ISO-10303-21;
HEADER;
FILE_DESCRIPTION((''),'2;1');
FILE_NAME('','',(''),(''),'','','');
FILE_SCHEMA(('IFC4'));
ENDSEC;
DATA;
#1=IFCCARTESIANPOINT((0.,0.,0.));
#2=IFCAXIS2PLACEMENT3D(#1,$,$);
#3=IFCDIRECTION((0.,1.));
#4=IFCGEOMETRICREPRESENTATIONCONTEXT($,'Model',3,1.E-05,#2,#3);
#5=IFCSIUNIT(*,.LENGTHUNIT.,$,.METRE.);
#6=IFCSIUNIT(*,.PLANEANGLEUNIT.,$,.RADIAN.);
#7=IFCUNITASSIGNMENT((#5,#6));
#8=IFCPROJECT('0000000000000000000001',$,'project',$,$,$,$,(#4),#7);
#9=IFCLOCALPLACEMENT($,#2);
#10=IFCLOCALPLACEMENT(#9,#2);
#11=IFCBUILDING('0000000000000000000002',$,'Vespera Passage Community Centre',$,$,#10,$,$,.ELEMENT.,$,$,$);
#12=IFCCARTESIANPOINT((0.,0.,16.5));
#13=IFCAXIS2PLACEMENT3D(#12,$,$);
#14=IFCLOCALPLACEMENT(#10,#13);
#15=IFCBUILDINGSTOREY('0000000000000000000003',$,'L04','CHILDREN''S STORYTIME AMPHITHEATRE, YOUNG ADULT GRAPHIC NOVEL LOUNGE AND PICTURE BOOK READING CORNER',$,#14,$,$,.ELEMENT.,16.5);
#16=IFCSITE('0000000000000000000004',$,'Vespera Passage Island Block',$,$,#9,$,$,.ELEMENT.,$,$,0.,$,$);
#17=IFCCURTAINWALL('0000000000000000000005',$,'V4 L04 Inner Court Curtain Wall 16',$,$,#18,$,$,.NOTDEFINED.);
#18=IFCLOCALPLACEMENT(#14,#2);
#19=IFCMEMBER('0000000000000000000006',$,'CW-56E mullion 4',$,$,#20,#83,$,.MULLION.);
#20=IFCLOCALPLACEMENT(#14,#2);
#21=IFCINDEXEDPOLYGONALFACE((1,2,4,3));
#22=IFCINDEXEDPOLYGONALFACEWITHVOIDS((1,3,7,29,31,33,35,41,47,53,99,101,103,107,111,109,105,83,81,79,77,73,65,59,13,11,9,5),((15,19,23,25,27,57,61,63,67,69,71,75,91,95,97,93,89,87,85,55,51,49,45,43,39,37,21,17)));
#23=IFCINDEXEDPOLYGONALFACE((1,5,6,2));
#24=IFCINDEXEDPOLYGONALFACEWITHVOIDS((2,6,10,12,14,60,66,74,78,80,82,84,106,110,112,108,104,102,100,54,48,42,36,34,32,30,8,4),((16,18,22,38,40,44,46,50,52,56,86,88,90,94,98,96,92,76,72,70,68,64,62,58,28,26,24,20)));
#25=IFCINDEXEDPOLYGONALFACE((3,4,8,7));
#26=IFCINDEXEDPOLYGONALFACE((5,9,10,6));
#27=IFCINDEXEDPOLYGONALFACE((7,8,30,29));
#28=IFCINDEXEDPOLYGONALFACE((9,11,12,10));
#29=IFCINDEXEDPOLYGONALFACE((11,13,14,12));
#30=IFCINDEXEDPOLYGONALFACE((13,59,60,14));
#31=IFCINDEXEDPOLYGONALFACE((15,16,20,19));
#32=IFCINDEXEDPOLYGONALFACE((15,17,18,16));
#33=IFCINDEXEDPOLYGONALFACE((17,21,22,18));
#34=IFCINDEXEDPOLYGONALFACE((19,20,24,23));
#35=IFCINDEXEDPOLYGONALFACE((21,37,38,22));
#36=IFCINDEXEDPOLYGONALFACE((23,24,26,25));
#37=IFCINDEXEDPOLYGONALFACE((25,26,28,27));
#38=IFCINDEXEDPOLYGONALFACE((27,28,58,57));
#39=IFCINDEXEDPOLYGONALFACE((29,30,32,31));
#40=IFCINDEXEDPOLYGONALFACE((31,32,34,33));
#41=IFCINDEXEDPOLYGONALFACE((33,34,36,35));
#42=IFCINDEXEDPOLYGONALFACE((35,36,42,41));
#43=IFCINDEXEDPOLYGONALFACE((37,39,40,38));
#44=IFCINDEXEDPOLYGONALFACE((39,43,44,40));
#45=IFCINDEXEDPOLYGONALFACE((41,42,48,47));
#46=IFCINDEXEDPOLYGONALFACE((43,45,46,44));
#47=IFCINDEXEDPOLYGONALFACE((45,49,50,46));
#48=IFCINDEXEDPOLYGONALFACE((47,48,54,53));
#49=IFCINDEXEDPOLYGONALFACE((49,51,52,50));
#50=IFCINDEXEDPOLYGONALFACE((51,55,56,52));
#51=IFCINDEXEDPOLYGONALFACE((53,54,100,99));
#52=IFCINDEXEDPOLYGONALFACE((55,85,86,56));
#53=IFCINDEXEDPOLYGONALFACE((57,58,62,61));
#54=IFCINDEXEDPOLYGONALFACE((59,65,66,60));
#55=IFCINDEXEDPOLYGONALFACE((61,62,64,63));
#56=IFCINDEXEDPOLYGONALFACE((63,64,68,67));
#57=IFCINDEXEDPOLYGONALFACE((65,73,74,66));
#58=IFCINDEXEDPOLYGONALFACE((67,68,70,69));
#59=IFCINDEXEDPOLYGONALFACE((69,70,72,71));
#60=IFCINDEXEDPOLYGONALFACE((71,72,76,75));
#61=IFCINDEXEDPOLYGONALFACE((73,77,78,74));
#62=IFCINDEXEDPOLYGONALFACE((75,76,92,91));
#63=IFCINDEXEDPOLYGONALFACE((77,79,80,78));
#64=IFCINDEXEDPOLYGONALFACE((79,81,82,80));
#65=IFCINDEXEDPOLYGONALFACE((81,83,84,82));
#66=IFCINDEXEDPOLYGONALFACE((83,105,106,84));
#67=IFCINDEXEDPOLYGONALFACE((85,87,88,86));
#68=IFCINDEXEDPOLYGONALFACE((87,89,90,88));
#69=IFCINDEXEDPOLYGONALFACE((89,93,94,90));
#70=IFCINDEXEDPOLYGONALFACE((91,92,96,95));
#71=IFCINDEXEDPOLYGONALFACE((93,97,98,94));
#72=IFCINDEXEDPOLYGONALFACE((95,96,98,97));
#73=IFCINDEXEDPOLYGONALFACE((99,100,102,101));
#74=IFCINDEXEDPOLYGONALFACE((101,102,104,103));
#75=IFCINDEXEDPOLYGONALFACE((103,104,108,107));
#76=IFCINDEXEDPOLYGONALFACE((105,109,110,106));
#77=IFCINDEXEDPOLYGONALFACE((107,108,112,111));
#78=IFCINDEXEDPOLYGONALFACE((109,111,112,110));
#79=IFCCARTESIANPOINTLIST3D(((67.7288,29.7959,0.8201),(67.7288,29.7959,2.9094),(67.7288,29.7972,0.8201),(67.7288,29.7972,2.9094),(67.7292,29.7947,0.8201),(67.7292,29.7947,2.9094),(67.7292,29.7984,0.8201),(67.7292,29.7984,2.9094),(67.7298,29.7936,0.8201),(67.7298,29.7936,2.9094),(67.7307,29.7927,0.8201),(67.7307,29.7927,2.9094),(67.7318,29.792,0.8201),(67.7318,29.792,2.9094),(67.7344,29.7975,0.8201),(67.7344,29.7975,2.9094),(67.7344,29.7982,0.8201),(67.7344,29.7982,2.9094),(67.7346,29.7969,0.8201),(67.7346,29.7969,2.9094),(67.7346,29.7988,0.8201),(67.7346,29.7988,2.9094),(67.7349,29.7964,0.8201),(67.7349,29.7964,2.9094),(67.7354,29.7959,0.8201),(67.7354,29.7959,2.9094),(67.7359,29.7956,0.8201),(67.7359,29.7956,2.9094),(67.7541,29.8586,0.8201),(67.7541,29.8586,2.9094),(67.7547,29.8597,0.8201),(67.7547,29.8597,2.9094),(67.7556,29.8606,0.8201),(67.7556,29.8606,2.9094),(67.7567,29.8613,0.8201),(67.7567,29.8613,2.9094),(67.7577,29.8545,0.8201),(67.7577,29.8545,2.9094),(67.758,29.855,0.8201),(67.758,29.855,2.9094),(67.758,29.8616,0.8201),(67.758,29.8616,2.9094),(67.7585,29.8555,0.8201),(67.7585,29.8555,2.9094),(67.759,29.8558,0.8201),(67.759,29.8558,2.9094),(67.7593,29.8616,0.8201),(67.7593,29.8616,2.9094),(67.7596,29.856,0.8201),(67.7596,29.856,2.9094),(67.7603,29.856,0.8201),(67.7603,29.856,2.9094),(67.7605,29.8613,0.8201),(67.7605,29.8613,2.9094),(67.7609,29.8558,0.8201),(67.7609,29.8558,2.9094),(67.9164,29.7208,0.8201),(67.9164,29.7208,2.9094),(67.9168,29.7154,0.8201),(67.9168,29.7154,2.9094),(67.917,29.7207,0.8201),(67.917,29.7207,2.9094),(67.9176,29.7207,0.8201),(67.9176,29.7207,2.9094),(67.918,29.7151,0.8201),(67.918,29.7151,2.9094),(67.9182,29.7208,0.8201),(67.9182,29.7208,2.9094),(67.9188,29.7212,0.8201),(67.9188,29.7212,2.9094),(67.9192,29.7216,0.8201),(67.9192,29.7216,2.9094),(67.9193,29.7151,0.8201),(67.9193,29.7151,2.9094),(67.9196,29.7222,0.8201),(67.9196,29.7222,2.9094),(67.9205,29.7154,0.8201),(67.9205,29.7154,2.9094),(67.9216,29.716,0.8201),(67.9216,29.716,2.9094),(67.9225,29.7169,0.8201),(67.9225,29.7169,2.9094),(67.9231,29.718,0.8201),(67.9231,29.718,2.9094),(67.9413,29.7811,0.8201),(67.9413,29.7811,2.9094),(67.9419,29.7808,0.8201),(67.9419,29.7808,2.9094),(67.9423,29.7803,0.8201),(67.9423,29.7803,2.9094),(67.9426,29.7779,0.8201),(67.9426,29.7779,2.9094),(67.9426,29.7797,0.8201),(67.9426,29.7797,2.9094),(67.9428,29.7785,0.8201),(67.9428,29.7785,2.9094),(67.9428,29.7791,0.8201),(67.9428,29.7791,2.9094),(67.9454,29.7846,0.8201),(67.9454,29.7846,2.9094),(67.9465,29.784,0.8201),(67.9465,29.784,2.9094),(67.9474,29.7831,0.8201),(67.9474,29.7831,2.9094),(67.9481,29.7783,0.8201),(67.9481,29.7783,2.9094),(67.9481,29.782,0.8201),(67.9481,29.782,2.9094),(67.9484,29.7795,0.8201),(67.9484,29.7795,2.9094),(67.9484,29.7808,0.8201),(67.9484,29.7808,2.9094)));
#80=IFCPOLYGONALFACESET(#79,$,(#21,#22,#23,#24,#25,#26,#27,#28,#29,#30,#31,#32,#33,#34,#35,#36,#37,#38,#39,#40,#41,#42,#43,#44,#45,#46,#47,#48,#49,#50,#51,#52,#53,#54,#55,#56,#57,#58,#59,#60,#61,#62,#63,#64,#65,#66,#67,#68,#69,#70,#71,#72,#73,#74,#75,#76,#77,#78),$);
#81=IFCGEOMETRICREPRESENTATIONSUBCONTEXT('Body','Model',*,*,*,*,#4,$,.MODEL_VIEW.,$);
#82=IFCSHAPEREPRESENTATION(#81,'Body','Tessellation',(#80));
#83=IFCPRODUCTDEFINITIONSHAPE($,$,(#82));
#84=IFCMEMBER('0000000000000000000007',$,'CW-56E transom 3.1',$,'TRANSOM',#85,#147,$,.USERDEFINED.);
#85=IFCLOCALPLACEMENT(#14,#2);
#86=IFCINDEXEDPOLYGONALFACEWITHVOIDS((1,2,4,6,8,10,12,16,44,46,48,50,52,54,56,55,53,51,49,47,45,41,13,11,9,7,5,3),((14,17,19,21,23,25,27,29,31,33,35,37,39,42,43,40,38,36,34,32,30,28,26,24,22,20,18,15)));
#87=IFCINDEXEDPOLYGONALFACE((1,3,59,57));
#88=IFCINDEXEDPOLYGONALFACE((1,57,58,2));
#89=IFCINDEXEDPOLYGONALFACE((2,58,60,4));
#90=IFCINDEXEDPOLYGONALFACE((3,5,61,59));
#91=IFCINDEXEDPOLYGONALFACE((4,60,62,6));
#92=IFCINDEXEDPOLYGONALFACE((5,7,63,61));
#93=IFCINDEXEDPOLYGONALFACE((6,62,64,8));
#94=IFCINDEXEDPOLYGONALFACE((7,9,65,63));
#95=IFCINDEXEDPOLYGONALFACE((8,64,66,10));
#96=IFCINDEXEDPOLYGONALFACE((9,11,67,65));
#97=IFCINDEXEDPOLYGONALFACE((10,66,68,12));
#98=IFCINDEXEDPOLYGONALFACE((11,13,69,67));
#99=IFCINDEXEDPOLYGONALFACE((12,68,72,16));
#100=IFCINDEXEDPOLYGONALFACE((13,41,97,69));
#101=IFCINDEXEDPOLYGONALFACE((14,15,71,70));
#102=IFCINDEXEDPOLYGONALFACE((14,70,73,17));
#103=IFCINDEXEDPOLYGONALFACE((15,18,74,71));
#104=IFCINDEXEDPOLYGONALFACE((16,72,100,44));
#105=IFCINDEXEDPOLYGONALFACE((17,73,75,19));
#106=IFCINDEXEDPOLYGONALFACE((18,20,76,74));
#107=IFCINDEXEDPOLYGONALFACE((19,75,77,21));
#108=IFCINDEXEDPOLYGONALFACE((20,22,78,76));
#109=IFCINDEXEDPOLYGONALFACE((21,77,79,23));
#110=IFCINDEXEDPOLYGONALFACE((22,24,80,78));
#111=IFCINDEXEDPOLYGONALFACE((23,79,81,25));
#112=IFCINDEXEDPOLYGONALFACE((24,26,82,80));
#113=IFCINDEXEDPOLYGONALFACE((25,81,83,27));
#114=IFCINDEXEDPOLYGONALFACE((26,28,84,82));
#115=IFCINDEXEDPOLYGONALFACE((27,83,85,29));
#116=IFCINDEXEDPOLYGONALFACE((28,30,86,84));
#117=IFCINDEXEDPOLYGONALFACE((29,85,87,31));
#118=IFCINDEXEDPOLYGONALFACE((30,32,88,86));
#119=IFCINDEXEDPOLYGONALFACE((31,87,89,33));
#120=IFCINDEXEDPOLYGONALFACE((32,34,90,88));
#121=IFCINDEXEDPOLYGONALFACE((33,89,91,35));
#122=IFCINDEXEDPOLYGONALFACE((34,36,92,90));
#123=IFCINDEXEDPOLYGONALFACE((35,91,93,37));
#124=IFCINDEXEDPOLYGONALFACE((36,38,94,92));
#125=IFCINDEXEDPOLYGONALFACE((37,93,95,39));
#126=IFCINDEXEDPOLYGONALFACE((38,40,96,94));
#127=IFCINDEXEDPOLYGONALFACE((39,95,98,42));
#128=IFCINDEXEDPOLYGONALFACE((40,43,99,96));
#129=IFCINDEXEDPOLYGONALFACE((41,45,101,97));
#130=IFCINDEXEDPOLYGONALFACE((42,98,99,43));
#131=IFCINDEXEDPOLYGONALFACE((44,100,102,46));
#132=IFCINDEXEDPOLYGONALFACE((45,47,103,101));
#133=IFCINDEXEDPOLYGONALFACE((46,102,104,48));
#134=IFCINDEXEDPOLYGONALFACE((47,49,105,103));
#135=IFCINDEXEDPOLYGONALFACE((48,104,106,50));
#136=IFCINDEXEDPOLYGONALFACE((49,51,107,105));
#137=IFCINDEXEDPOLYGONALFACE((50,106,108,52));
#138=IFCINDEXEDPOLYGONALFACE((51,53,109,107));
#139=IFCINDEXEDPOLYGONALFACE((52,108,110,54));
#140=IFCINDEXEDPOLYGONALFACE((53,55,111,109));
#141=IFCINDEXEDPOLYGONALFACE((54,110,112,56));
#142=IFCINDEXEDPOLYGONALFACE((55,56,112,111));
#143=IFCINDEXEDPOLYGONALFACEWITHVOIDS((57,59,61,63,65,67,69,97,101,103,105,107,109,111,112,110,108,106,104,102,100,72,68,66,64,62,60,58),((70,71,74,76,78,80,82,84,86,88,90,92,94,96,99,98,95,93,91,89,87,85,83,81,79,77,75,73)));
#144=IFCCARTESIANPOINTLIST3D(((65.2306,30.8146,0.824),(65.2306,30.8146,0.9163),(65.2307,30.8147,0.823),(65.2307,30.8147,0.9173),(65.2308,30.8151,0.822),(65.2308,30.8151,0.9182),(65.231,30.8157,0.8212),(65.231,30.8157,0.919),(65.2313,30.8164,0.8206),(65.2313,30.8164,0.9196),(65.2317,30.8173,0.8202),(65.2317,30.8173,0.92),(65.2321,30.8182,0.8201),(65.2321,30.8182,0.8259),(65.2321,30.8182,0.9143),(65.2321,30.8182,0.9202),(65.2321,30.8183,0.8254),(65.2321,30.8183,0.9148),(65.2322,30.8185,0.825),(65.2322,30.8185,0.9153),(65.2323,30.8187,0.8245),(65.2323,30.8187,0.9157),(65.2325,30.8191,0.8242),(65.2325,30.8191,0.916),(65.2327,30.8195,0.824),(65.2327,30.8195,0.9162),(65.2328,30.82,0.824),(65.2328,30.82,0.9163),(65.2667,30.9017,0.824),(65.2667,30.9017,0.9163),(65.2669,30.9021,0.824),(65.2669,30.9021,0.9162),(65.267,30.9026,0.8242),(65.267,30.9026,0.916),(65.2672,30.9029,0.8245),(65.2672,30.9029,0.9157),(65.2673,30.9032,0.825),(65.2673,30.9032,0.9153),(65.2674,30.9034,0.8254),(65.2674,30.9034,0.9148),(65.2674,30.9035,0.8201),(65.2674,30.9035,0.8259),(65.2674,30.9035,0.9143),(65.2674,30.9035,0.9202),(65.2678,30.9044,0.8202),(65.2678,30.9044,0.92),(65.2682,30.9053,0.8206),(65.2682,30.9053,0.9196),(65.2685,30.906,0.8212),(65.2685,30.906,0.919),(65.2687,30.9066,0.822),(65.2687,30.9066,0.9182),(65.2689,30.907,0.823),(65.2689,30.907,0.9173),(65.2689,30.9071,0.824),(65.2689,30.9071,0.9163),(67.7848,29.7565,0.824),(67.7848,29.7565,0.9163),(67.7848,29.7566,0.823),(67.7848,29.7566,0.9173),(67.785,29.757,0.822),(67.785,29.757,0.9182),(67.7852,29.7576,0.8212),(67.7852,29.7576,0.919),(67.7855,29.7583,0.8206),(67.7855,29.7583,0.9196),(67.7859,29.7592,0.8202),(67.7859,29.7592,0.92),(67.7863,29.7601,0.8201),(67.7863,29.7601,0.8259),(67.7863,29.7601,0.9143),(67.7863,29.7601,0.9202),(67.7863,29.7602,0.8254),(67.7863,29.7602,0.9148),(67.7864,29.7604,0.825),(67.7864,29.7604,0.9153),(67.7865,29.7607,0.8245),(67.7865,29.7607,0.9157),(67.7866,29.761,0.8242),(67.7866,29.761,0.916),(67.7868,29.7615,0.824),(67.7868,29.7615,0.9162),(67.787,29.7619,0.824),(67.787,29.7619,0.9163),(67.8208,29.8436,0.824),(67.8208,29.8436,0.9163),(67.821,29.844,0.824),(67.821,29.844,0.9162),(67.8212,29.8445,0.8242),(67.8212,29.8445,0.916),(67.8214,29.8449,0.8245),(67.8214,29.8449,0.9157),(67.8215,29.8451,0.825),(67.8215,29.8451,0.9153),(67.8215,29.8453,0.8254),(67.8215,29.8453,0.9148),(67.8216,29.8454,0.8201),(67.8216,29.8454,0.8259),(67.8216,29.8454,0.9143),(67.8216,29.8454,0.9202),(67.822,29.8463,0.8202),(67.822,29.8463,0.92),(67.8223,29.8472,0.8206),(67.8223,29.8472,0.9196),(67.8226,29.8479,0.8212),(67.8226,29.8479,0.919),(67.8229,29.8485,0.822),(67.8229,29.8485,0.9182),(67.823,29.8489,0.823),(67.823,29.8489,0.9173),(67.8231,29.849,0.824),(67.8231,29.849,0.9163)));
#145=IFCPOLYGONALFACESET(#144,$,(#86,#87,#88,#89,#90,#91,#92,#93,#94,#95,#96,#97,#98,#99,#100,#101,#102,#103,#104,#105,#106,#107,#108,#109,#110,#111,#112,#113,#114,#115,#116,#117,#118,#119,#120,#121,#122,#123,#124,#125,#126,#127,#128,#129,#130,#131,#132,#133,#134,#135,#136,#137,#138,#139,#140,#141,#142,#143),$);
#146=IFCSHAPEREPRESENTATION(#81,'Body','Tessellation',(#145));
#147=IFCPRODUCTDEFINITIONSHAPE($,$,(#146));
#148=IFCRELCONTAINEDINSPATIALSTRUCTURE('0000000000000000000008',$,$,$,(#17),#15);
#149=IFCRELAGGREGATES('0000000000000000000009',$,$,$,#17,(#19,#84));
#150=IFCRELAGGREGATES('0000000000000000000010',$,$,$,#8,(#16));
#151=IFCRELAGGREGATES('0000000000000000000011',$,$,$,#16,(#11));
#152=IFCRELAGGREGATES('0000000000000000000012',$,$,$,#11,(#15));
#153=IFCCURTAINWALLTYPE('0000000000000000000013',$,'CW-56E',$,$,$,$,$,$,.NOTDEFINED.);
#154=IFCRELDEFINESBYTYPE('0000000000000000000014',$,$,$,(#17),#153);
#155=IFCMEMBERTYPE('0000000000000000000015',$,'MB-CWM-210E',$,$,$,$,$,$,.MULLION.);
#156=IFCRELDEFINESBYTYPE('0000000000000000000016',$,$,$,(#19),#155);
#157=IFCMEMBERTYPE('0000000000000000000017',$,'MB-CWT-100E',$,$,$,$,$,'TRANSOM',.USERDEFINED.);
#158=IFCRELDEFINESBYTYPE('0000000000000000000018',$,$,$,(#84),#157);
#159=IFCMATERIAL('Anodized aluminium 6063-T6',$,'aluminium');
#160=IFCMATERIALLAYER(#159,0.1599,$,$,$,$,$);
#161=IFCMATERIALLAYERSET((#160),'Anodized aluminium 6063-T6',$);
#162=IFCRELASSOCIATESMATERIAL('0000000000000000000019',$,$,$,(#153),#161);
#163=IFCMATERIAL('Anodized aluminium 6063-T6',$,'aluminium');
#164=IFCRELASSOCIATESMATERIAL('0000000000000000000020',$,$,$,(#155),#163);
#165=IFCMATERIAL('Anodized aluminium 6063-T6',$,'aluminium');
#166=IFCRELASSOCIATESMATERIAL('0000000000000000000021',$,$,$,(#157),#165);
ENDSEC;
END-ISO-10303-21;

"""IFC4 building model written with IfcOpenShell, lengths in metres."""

from ifc_helpers import new_model, si_unit, direction, frame, origin, origin_2d, place, context, subcontext, project, spatial, hollow_rectangle, extrude, material, layer, layer_set, material_profile, profile_set, type_object, element, aggregate, save


model = new_model("IFC4")

# Units and contexts
model_context = context("Model", 3, precision=1e-05, world=origin(), true_north=direction((0.0, 1.0)))
body_context = subcontext(model_context, "Body", "Model", "MODEL_VIEW")
ifc_project = project(units=[si_unit("LENGTHUNIT", "METRE"), si_unit("PLANEANGLEUNIT", "RADIAN")], contexts=[model_context])

# Site, building, storey
site_placement = place(None, origin())
site = spatial("IfcSite", under=ifc_project, at=site_placement, Name="Vespera Passage Island Block", CompositionType="ELEMENT", RefElevation=0.0)
building_placement = place(site_placement, origin())
building = spatial("IfcBuilding", under=site, at=building_placement, Name="Vespera Passage Community Centre", CompositionType="ELEMENT")
storey_placement = place(building_placement, frame((0.0, 0.0, 16.5)))
storey = spatial("IfcBuildingStorey", under=building, at=storey_placement, Name="L04", Description="CHILDREN'S STORYTIME AMPHITHEATRE, YOUNG ADULT GRAPHIC NOVEL LOUNGE AND PICTURE BOOK READING CORNER", CompositionType="ELEMENT", Elevation=16.5)

# Curtain wall, members
ifc_material_1 = material(Name="Anodized aluminium 6063-T6", Category="aluminium")
ifc_layer_1 = layer(ifc_material_1, 0.1599)
ifc_layer_set_1 = layer_set([ifc_layer_1], Name="Anodized aluminium 6063-T6")
curtain_wall_type_1 = type_object("IfcCurtainWallType", Name="CW-56E", PredefinedType="NOTDEFINED", material=ifc_layer_set_1)
curtain_wall_1_placement = place(storey_placement, origin())
curtain_wall_1 = element("IfcCurtainWall", 1, at=curtain_wall_1_placement, inside=storey, type_object=curtain_wall_type_1, Name="V4 L04 Inner Court Curtain Wall 16", PredefinedType="NOTDEFINED")
ifc_material_2 = material(Name="Anodized aluminium 6063-T6", Category="aluminium")
ifc_material_profile_1 = material_profile(ifc_material_2, hollow_rectangle(XDim=0.075, YDim=0.21, WallThickness=0.0049, InnerFilletRadius=0.0024, OuterFilletRadius=0.0049, at=origin_2d()), Name="ALU210X75X5")
ifc_profile_set_1 = profile_set([ifc_material_profile_1], Name="Anodized aluminium 6063-T6")
member_type_1 = type_object("IfcMemberType", Name="MB-CWM-210E", PredefinedType="MULLION", material=ifc_profile_set_1)
member_1_placement = place(storey_placement, frame((67.8386, 29.7883, 0.8201), z_axis=(0.0, 0.0, 1.0), x_axis=(0.38269, 0.923877, 0.0)))
member_1 = element("IfcMember", 2, at=member_1_placement, type_object=member_type_1, Name="CW-56E mullion 4", PredefinedType="MULLION", context=body_context, shape_type="SweptSolid", body=[
    extrude(hollow_rectangle(XDim=0.075, YDim=0.21, WallThickness=0.0049, InnerFilletRadius=0.0024, OuterFilletRadius=0.0049, at=origin_2d()), origin(), (0.0, 0.0, 1.0), 2.0894),
])
ifc_material_3 = material(Name="Anodized aluminium 6063-T6", Category="aluminium")
ifc_material_profile_2 = material_profile(ifc_material_3, hollow_rectangle(XDim=0.1001, YDim=0.1001, WallThickness=0.0039, InnerFilletRadius=0.002, OuterFilletRadius=0.0039, at=origin_2d()), Name="ALU100X100X4")
ifc_profile_set_2 = profile_set([ifc_material_profile_2], Name="Anodized aluminium 6063-T6")
member_type_2 = type_object("IfcMemberType", Name="MB-CWT-100E", ElementType="TRANSOM", PredefinedType="USERDEFINED", material=ifc_profile_set_2)
member_2_placement = place(storey_placement, frame((65.2498, 30.8608, 0.8701), z_axis=(0.923864, -0.382721, 0.0), x_axis=(0.382721, 0.923864, 0.0)))
member_2 = element("IfcMember", 3, at=member_2_placement, type_object=member_type_2, Name="CW-56E transom 3.1", ObjectType="TRANSOM", PredefinedType="USERDEFINED", context=body_context, shape_type="SweptSolid", body=[
    extrude(hollow_rectangle(XDim=0.1001, YDim=0.1001, WallThickness=0.0039, InnerFilletRadius=0.002, OuterFilletRadius=0.0039, at=origin_2d()), origin(), (0.0, 0.0, 1.0), 2.7646),
])

aggregate(curtain_wall_1, [member_1, member_2])

save(model, "model.ifc")
